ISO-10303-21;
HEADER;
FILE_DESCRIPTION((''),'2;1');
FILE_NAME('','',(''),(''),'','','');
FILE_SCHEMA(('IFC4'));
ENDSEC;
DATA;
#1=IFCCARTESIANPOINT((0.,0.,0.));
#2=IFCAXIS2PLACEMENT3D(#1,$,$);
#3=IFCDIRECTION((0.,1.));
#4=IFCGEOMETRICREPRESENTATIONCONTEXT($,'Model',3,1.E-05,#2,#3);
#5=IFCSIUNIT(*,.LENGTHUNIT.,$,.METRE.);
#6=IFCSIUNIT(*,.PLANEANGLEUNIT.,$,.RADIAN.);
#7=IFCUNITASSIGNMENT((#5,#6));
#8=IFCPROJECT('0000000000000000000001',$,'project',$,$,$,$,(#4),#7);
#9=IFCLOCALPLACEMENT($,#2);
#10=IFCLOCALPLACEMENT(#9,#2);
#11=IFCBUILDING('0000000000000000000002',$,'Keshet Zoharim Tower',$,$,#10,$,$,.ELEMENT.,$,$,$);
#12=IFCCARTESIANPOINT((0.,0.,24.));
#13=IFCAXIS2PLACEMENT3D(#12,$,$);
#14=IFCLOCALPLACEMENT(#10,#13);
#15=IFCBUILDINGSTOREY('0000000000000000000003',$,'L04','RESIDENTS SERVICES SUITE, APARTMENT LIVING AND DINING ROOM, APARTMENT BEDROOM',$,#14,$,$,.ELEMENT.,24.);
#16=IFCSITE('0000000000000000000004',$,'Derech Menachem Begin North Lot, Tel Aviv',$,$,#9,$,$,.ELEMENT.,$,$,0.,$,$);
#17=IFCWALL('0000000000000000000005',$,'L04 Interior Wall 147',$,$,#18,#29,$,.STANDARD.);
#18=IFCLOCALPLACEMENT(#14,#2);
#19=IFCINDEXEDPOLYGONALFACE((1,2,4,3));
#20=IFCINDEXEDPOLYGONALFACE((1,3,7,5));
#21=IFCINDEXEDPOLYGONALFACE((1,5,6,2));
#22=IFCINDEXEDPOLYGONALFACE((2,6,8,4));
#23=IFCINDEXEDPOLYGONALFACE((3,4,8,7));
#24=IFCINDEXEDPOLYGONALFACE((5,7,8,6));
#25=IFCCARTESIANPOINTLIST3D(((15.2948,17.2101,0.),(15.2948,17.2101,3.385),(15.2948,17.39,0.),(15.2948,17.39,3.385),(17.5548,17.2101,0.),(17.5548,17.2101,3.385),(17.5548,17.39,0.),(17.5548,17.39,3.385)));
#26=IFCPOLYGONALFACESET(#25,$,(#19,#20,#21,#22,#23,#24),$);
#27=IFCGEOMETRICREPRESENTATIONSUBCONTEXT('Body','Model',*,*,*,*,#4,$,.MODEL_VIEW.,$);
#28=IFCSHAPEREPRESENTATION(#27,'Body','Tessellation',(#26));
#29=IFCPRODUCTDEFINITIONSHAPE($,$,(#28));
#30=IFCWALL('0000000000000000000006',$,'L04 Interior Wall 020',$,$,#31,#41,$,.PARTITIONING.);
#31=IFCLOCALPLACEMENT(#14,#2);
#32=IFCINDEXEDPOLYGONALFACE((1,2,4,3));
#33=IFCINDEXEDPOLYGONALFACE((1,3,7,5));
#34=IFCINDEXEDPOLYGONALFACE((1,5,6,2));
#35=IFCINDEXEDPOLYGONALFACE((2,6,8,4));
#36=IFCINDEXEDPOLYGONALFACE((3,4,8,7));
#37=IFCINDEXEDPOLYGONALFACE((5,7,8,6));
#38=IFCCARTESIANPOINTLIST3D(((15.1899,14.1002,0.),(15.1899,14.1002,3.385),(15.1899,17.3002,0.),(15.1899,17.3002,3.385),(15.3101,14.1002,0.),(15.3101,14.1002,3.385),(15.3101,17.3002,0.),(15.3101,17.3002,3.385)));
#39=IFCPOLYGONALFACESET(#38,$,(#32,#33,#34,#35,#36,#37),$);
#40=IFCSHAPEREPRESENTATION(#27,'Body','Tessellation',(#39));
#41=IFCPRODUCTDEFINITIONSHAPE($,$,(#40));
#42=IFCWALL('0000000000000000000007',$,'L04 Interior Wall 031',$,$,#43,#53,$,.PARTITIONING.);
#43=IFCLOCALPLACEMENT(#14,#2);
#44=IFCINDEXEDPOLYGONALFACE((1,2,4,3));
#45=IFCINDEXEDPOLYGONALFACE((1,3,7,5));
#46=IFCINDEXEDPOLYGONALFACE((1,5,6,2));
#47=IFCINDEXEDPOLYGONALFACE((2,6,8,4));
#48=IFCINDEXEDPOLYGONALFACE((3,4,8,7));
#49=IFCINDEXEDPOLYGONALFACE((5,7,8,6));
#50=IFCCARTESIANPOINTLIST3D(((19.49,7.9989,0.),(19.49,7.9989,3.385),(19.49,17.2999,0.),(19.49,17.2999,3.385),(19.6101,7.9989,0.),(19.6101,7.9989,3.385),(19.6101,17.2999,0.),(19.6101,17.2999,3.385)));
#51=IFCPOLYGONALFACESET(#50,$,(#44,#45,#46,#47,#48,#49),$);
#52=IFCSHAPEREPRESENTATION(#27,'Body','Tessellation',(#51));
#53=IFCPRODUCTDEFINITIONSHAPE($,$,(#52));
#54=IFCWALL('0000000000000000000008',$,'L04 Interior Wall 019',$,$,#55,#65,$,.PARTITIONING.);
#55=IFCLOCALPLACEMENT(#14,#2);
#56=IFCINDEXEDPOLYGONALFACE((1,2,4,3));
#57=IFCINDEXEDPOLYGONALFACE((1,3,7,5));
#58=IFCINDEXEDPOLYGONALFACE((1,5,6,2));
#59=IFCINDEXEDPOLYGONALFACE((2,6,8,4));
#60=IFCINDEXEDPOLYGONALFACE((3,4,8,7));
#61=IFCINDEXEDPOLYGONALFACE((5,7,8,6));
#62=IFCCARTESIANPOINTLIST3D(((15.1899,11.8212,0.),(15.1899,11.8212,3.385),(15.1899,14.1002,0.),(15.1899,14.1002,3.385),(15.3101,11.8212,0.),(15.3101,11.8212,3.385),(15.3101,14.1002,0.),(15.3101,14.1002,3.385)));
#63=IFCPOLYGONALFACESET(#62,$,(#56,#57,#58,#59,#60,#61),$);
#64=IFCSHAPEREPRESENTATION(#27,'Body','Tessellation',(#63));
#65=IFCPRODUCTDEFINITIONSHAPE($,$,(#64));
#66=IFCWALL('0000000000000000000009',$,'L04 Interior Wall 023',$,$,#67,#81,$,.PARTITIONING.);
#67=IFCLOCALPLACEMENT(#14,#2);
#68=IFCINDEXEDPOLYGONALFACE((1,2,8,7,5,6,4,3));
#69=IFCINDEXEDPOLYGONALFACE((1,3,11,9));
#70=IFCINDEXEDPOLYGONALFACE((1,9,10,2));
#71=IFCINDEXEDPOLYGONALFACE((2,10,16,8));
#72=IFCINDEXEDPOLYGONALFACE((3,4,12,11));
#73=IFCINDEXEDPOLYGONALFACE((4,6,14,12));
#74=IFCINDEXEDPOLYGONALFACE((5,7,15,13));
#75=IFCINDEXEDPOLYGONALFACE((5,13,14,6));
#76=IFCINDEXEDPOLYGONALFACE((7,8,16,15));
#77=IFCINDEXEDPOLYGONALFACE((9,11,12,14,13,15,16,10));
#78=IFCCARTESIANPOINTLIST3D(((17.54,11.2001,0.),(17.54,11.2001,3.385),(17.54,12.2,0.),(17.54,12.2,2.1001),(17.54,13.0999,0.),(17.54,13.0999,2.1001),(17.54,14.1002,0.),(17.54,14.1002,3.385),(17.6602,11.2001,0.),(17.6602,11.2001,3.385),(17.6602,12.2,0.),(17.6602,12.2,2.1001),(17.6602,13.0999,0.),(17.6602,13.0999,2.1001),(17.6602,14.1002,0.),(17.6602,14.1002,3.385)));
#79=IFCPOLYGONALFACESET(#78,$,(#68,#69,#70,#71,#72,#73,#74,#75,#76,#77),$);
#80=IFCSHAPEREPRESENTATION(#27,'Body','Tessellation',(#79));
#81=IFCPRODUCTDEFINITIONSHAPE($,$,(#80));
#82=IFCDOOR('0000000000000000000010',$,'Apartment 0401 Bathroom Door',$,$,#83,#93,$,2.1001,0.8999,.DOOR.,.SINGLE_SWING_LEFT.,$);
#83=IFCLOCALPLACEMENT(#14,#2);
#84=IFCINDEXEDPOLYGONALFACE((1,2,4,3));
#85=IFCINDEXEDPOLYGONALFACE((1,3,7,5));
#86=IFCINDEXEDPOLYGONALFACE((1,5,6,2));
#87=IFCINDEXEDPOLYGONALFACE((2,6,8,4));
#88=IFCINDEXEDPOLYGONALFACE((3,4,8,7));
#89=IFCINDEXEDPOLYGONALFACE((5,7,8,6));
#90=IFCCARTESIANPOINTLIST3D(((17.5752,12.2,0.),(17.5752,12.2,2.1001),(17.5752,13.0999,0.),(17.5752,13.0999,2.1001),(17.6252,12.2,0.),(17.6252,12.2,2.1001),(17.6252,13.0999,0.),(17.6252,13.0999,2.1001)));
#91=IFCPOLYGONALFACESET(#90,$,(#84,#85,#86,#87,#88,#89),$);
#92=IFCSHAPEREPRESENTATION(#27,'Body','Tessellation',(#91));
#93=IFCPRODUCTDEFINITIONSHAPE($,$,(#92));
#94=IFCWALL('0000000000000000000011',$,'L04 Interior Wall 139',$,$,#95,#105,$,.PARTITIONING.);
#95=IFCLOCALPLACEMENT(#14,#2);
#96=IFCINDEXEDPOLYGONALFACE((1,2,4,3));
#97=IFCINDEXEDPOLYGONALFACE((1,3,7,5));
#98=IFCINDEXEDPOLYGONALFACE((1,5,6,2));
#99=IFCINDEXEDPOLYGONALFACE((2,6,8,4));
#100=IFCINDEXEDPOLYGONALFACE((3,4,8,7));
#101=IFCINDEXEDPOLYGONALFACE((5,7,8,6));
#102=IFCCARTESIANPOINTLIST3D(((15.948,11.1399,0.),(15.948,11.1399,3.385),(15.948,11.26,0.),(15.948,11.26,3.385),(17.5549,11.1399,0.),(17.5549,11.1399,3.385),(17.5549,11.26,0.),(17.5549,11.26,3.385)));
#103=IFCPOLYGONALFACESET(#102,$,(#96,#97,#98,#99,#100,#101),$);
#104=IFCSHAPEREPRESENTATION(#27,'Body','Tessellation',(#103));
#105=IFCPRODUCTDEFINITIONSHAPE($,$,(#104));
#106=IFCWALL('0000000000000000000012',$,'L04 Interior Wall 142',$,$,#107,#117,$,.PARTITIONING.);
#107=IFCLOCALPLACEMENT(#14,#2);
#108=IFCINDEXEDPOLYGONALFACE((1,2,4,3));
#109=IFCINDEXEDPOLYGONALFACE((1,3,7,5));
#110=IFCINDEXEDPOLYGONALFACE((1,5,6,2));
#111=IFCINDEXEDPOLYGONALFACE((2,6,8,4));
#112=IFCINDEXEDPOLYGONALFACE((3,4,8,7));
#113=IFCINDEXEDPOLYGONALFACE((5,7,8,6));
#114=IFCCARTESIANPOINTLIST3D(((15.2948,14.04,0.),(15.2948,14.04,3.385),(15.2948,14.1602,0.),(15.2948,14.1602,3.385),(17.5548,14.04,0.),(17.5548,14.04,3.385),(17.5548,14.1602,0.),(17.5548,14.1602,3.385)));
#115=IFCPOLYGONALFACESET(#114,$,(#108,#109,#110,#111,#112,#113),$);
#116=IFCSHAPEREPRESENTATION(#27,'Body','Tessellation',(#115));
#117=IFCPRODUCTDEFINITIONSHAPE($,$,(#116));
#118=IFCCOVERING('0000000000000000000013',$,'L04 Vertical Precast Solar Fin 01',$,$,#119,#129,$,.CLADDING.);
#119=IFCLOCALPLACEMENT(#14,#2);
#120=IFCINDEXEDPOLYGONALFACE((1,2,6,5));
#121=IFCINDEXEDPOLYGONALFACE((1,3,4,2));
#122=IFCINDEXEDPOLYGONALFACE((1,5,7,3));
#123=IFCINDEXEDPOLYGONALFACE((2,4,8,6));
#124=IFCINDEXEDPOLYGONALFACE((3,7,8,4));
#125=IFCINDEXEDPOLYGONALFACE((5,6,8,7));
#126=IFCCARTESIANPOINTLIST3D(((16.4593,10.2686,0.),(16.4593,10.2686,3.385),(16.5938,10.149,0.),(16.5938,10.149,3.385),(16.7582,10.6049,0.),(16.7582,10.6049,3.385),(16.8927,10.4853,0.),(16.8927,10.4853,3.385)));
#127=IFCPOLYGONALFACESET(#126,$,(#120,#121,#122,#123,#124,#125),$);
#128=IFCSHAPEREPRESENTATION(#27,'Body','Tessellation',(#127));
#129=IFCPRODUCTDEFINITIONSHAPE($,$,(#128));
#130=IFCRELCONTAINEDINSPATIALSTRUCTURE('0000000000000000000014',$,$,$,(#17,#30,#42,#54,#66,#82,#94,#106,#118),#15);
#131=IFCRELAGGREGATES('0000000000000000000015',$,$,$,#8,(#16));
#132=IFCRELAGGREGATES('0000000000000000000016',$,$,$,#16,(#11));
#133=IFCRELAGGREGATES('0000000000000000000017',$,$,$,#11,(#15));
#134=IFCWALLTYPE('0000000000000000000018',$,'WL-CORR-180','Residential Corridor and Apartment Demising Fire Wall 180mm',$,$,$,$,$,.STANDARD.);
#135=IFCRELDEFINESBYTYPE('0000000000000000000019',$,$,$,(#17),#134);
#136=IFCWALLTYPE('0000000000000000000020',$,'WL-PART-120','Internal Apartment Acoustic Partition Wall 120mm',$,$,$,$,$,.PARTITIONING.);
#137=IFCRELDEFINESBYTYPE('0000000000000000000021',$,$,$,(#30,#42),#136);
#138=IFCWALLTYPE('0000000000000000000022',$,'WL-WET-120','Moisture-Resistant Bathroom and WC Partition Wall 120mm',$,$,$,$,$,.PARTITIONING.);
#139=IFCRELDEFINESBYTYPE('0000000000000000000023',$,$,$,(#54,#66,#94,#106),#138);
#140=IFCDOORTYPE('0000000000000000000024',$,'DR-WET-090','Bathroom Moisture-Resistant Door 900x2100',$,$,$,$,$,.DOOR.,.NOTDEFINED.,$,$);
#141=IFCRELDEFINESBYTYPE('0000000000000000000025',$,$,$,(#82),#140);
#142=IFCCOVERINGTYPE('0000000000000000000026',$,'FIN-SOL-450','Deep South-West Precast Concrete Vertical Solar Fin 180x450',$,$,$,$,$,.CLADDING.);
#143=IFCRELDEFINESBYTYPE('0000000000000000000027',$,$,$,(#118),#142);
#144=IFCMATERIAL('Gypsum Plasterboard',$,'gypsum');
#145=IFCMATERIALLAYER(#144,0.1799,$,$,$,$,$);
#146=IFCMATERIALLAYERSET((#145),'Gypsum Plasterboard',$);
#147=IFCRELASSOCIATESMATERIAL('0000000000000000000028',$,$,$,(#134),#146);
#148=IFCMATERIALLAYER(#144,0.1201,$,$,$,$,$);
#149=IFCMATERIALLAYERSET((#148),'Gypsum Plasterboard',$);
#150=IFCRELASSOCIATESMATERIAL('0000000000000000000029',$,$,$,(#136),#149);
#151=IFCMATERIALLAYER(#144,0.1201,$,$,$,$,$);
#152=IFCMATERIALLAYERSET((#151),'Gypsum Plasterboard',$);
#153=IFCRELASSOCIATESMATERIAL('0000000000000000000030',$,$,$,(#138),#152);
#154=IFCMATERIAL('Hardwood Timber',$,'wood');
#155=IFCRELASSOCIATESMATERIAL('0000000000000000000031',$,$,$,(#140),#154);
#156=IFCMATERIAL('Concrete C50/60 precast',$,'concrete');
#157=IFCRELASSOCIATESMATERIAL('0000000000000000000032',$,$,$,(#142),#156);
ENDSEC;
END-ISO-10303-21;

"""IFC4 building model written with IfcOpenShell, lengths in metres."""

from ifc_helpers import new_model, si_unit, direction, frame, frame_2d, origin, origin_2d, place, context, subcontext, project, spatial, rectangle, extrude, material, layer, layer_set, type_object, element, fill, save


model = new_model("IFC4")

# Units and contexts
model_context = context("Model", 3, precision=1e-05, world=origin(), true_north=direction((0.0, 1.0)))
body_context = subcontext(model_context, "Body", "Model", "MODEL_VIEW")
ifc_project = project(units=[si_unit("LENGTHUNIT", "METRE"), si_unit("PLANEANGLEUNIT", "RADIAN")], contexts=[model_context])

# Site, building, storey
site_placement = place(None, origin())
site = spatial("IfcSite", under=ifc_project, at=site_placement, Name="Derech Menachem Begin North Lot, Tel Aviv", CompositionType="ELEMENT", RefElevation=0.0)
building_placement = place(site_placement, origin())
building = spatial("IfcBuilding", under=site, at=building_placement, Name="Keshet Zoharim Tower", CompositionType="ELEMENT")
storey_placement = place(building_placement, frame((0.0, 0.0, 24.0)))
storey = spatial("IfcBuildingStorey", under=building, at=storey_placement, Name="L04", Description="RESIDENTS SERVICES SUITE, APARTMENT LIVING AND DINING ROOM, APARTMENT BEDROOM", CompositionType="ELEMENT", Elevation=24.0)

# Wall
ifc_material_1 = material(Name="Gypsum Plasterboard", Category="gypsum")
ifc_layer_1 = layer(ifc_material_1, 0.1799)
ifc_layer_set_1 = layer_set([ifc_layer_1], Name="Gypsum Plasterboard")
wall_type_1 = type_object("IfcWallType", Name="WL-CORR-180", Description="Residential Corridor and Apartment Demising Fire Wall 180mm", PredefinedType="STANDARD", material=ifc_layer_set_1)
wall_1_placement = place(storey_placement, frame((15.2949, 17.3, 0.0), z_axis=(0.0, 0.0, 1.0), x_axis=(1.0, 0.0, 0.0)))
element("IfcWall", 1, at=wall_1_placement, inside=storey, type_object=wall_type_1, Name="L04 Interior Wall 147", PredefinedType="STANDARD", context=body_context, shape_type="SweptSolid", body=[
    extrude(rectangle(XDim=2.26, YDim=0.1799, at=frame_2d((1.1299, 0.0))), origin(), (0.0, 0.0, 1.0), 3.385),
])

# Shared definitions
ifc_material_2 = material(Name="Hardwood Timber", Category="wood")

# Wall
ifc_layer_2 = layer(ifc_material_1, 0.1201)
ifc_layer_set_2 = layer_set([ifc_layer_2], Name="Gypsum Plasterboard")
wall_type_2 = type_object("IfcWallType", Name="WL-PART-120", Description="Internal Apartment Acoustic Partition Wall 120mm", PredefinedType="PARTITIONING", material=ifc_layer_set_2)
wall_2_placement = place(storey_placement, frame((15.25, 14.1001, 0.0), z_axis=(0.0, 0.0, 1.0), x_axis=(0.0, 1.0, 0.0)))
element("IfcWall", 2, at=wall_2_placement, inside=storey, type_object=wall_type_2, Name="L04 Interior Wall 020", PredefinedType="PARTITIONING", context=body_context, shape_type="SweptSolid", body=[
    extrude(rectangle(XDim=3.2, YDim=0.1201, at=frame_2d((1.6001, 0.0))), origin(), (0.0, 0.0, 1.0), 3.385),
])

# Walls
wall_3_placement = place(storey_placement, frame((19.55, 7.999, 0.0), z_axis=(0.0, 0.0, 1.0), x_axis=(0.0, 1.0, 0.0)))
element("IfcWall", 3, at=wall_3_placement, inside=storey, type_object=wall_type_2, Name="L04 Interior Wall 031", PredefinedType="PARTITIONING", context=body_context, shape_type="SweptSolid", body=[
    extrude(rectangle(XDim=9.301, YDim=0.1201, at=frame_2d((4.6504, 0.0))), origin(), (0.0, 0.0, 1.0), 3.385),
])
ifc_layer_3 = layer(ifc_material_1, 0.1201)
ifc_layer_set_3 = layer_set([ifc_layer_3], Name="Gypsum Plasterboard")
wall_type_3 = type_object("IfcWallType", Name="WL-WET-120", Description="Moisture-Resistant Bathroom and WC Partition Wall 120mm", PredefinedType="PARTITIONING", material=ifc_layer_set_3)
wall_4_placement = place(storey_placement, frame((15.25, 11.821, 0.0), z_axis=(0.0, 0.0, 1.0), x_axis=(0.0, 1.0, 0.0)))
element("IfcWall", 4, at=wall_4_placement, inside=storey, type_object=wall_type_3, Name="L04 Interior Wall 019", PredefinedType="PARTITIONING", context=body_context, shape_type="SweptSolid", body=[
    extrude(rectangle(XDim=2.2791, YDim=0.1201, at=frame_2d((1.1396, 0.0))), origin(), (0.0, 0.0, 1.0), 3.385),
])

# Wall, opening, door
wall_5_placement = place(storey_placement, frame((17.6001, 11.2, 0.0), z_axis=(0.0, 0.0, 1.0), x_axis=(0.0, 1.0, 0.0)))
wall_5 = element("IfcWall", 5, at=wall_5_placement, inside=storey, type_object=wall_type_3, Name="L04 Interior Wall 023", PredefinedType="PARTITIONING", context=body_context, shape_type="SweptSolid", body=[
    extrude(rectangle(XDim=2.9001, YDim=0.1201, at=frame_2d((1.4502, 0.0))), origin(), (0.0, 0.0, 1.0), 3.385),
])
opening_1_placement = place(wall_5_placement, frame((1.0, 0.0, 0.0)))
opening_1 = element("IfcOpeningElement", 6, at=opening_1_placement, cuts=wall_5, PredefinedType="OPENING", context=body_context, shape_type="SweptSolid", body=[
    extrude(rectangle(XDim=0.8999, YDim=2.1001, at=frame_2d((0.45, 1.05))), frame((0.0, 0.0701, 0.0), z_axis=(0.0, -1.0, 0.0), x_axis=(1.0, 0.0, 0.0)), (0.0, 0.0, 1.0), 0.1401),
])
door_type_1 = type_object("IfcDoorType", Name="DR-WET-090", Description="Bathroom Moisture-Resistant Door 900x2100", OperationType="NOTDEFINED", PredefinedType="DOOR", material=ifc_material_2)
door_1_placement = place(opening_1_placement, origin())
door_1 = element("IfcDoor", 7, at=door_1_placement, inside=storey, type_object=door_type_1, Name="Apartment 0401 Bathroom Door", OperationType="SINGLE_SWING_LEFT", OverallHeight=2.1001, OverallWidth=0.8999, PredefinedType="DOOR", context=body_context, shape_type="SweptSolid", body=[
    extrude(rectangle(XDim=0.8999, YDim=2.1001, at=frame_2d((0.45, 1.05))), frame((0.0, 0.0249, 0.0), z_axis=(0.0, -1.0, 0.0), x_axis=(1.0, 0.0, 0.0)), (0.0, 0.0, 1.0), 0.05),
])
fill(opening_1, door_1)

# Walls
wall_6_placement = place(storey_placement, frame((15.948, 11.2, 0.0), z_axis=(0.0, 0.0, 1.0), x_axis=(1.0, 0.0, 0.0)))
element("IfcWall", 8, at=wall_6_placement, inside=storey, type_object=wall_type_3, Name="L04 Interior Wall 139", PredefinedType="PARTITIONING", context=body_context, shape_type="SweptSolid", body=[
    extrude(rectangle(XDim=1.6069, YDim=0.1201, at=frame_2d((0.8035, 0.0))), origin(), (0.0, 0.0, 1.0), 3.385),
])
wall_7_placement = place(storey_placement, frame((15.2949, 14.1001, 0.0), z_axis=(0.0, 0.0, 1.0), x_axis=(1.0, 0.0, 0.0)))
element("IfcWall", 9, at=wall_7_placement, inside=storey, type_object=wall_type_3, Name="L04 Interior Wall 142", PredefinedType="PARTITIONING", context=body_context, shape_type="SweptSolid", body=[
    extrude(rectangle(XDim=2.26, YDim=0.1201, at=frame_2d((1.1299, 0.0))), origin(), (0.0, 0.0, 1.0), 3.385),
])

# Covering
ifc_material_3 = material(Name="Concrete C50/60 precast", Category="concrete")
covering_type = type_object("IfcCoveringType", Name="FIN-SOL-450", Description="Deep South-West Precast Concrete Vertical Solar Fin 180x450", PredefinedType="CLADDING", material=ifc_material_3)
covering_placement = place(storey_placement, frame((16.676, 10.377, 0.0), z_axis=(0.0, 0.0, 1.0), x_axis=(-0.747409, 0.664364, 0.0)))
element("IfcCovering", 10, at=covering_placement, inside=storey, type_object=covering_type, Name="L04 Vertical Precast Solar Fin 01", PredefinedType="CLADDING", context=body_context, shape_type="SweptSolid", body=[
    extrude(rectangle(XDim=0.1799, YDim=0.45, at=origin_2d()), origin(), (0.0, 0.0, 1.0), 3.385),
])

save(model, "model.ifc")
